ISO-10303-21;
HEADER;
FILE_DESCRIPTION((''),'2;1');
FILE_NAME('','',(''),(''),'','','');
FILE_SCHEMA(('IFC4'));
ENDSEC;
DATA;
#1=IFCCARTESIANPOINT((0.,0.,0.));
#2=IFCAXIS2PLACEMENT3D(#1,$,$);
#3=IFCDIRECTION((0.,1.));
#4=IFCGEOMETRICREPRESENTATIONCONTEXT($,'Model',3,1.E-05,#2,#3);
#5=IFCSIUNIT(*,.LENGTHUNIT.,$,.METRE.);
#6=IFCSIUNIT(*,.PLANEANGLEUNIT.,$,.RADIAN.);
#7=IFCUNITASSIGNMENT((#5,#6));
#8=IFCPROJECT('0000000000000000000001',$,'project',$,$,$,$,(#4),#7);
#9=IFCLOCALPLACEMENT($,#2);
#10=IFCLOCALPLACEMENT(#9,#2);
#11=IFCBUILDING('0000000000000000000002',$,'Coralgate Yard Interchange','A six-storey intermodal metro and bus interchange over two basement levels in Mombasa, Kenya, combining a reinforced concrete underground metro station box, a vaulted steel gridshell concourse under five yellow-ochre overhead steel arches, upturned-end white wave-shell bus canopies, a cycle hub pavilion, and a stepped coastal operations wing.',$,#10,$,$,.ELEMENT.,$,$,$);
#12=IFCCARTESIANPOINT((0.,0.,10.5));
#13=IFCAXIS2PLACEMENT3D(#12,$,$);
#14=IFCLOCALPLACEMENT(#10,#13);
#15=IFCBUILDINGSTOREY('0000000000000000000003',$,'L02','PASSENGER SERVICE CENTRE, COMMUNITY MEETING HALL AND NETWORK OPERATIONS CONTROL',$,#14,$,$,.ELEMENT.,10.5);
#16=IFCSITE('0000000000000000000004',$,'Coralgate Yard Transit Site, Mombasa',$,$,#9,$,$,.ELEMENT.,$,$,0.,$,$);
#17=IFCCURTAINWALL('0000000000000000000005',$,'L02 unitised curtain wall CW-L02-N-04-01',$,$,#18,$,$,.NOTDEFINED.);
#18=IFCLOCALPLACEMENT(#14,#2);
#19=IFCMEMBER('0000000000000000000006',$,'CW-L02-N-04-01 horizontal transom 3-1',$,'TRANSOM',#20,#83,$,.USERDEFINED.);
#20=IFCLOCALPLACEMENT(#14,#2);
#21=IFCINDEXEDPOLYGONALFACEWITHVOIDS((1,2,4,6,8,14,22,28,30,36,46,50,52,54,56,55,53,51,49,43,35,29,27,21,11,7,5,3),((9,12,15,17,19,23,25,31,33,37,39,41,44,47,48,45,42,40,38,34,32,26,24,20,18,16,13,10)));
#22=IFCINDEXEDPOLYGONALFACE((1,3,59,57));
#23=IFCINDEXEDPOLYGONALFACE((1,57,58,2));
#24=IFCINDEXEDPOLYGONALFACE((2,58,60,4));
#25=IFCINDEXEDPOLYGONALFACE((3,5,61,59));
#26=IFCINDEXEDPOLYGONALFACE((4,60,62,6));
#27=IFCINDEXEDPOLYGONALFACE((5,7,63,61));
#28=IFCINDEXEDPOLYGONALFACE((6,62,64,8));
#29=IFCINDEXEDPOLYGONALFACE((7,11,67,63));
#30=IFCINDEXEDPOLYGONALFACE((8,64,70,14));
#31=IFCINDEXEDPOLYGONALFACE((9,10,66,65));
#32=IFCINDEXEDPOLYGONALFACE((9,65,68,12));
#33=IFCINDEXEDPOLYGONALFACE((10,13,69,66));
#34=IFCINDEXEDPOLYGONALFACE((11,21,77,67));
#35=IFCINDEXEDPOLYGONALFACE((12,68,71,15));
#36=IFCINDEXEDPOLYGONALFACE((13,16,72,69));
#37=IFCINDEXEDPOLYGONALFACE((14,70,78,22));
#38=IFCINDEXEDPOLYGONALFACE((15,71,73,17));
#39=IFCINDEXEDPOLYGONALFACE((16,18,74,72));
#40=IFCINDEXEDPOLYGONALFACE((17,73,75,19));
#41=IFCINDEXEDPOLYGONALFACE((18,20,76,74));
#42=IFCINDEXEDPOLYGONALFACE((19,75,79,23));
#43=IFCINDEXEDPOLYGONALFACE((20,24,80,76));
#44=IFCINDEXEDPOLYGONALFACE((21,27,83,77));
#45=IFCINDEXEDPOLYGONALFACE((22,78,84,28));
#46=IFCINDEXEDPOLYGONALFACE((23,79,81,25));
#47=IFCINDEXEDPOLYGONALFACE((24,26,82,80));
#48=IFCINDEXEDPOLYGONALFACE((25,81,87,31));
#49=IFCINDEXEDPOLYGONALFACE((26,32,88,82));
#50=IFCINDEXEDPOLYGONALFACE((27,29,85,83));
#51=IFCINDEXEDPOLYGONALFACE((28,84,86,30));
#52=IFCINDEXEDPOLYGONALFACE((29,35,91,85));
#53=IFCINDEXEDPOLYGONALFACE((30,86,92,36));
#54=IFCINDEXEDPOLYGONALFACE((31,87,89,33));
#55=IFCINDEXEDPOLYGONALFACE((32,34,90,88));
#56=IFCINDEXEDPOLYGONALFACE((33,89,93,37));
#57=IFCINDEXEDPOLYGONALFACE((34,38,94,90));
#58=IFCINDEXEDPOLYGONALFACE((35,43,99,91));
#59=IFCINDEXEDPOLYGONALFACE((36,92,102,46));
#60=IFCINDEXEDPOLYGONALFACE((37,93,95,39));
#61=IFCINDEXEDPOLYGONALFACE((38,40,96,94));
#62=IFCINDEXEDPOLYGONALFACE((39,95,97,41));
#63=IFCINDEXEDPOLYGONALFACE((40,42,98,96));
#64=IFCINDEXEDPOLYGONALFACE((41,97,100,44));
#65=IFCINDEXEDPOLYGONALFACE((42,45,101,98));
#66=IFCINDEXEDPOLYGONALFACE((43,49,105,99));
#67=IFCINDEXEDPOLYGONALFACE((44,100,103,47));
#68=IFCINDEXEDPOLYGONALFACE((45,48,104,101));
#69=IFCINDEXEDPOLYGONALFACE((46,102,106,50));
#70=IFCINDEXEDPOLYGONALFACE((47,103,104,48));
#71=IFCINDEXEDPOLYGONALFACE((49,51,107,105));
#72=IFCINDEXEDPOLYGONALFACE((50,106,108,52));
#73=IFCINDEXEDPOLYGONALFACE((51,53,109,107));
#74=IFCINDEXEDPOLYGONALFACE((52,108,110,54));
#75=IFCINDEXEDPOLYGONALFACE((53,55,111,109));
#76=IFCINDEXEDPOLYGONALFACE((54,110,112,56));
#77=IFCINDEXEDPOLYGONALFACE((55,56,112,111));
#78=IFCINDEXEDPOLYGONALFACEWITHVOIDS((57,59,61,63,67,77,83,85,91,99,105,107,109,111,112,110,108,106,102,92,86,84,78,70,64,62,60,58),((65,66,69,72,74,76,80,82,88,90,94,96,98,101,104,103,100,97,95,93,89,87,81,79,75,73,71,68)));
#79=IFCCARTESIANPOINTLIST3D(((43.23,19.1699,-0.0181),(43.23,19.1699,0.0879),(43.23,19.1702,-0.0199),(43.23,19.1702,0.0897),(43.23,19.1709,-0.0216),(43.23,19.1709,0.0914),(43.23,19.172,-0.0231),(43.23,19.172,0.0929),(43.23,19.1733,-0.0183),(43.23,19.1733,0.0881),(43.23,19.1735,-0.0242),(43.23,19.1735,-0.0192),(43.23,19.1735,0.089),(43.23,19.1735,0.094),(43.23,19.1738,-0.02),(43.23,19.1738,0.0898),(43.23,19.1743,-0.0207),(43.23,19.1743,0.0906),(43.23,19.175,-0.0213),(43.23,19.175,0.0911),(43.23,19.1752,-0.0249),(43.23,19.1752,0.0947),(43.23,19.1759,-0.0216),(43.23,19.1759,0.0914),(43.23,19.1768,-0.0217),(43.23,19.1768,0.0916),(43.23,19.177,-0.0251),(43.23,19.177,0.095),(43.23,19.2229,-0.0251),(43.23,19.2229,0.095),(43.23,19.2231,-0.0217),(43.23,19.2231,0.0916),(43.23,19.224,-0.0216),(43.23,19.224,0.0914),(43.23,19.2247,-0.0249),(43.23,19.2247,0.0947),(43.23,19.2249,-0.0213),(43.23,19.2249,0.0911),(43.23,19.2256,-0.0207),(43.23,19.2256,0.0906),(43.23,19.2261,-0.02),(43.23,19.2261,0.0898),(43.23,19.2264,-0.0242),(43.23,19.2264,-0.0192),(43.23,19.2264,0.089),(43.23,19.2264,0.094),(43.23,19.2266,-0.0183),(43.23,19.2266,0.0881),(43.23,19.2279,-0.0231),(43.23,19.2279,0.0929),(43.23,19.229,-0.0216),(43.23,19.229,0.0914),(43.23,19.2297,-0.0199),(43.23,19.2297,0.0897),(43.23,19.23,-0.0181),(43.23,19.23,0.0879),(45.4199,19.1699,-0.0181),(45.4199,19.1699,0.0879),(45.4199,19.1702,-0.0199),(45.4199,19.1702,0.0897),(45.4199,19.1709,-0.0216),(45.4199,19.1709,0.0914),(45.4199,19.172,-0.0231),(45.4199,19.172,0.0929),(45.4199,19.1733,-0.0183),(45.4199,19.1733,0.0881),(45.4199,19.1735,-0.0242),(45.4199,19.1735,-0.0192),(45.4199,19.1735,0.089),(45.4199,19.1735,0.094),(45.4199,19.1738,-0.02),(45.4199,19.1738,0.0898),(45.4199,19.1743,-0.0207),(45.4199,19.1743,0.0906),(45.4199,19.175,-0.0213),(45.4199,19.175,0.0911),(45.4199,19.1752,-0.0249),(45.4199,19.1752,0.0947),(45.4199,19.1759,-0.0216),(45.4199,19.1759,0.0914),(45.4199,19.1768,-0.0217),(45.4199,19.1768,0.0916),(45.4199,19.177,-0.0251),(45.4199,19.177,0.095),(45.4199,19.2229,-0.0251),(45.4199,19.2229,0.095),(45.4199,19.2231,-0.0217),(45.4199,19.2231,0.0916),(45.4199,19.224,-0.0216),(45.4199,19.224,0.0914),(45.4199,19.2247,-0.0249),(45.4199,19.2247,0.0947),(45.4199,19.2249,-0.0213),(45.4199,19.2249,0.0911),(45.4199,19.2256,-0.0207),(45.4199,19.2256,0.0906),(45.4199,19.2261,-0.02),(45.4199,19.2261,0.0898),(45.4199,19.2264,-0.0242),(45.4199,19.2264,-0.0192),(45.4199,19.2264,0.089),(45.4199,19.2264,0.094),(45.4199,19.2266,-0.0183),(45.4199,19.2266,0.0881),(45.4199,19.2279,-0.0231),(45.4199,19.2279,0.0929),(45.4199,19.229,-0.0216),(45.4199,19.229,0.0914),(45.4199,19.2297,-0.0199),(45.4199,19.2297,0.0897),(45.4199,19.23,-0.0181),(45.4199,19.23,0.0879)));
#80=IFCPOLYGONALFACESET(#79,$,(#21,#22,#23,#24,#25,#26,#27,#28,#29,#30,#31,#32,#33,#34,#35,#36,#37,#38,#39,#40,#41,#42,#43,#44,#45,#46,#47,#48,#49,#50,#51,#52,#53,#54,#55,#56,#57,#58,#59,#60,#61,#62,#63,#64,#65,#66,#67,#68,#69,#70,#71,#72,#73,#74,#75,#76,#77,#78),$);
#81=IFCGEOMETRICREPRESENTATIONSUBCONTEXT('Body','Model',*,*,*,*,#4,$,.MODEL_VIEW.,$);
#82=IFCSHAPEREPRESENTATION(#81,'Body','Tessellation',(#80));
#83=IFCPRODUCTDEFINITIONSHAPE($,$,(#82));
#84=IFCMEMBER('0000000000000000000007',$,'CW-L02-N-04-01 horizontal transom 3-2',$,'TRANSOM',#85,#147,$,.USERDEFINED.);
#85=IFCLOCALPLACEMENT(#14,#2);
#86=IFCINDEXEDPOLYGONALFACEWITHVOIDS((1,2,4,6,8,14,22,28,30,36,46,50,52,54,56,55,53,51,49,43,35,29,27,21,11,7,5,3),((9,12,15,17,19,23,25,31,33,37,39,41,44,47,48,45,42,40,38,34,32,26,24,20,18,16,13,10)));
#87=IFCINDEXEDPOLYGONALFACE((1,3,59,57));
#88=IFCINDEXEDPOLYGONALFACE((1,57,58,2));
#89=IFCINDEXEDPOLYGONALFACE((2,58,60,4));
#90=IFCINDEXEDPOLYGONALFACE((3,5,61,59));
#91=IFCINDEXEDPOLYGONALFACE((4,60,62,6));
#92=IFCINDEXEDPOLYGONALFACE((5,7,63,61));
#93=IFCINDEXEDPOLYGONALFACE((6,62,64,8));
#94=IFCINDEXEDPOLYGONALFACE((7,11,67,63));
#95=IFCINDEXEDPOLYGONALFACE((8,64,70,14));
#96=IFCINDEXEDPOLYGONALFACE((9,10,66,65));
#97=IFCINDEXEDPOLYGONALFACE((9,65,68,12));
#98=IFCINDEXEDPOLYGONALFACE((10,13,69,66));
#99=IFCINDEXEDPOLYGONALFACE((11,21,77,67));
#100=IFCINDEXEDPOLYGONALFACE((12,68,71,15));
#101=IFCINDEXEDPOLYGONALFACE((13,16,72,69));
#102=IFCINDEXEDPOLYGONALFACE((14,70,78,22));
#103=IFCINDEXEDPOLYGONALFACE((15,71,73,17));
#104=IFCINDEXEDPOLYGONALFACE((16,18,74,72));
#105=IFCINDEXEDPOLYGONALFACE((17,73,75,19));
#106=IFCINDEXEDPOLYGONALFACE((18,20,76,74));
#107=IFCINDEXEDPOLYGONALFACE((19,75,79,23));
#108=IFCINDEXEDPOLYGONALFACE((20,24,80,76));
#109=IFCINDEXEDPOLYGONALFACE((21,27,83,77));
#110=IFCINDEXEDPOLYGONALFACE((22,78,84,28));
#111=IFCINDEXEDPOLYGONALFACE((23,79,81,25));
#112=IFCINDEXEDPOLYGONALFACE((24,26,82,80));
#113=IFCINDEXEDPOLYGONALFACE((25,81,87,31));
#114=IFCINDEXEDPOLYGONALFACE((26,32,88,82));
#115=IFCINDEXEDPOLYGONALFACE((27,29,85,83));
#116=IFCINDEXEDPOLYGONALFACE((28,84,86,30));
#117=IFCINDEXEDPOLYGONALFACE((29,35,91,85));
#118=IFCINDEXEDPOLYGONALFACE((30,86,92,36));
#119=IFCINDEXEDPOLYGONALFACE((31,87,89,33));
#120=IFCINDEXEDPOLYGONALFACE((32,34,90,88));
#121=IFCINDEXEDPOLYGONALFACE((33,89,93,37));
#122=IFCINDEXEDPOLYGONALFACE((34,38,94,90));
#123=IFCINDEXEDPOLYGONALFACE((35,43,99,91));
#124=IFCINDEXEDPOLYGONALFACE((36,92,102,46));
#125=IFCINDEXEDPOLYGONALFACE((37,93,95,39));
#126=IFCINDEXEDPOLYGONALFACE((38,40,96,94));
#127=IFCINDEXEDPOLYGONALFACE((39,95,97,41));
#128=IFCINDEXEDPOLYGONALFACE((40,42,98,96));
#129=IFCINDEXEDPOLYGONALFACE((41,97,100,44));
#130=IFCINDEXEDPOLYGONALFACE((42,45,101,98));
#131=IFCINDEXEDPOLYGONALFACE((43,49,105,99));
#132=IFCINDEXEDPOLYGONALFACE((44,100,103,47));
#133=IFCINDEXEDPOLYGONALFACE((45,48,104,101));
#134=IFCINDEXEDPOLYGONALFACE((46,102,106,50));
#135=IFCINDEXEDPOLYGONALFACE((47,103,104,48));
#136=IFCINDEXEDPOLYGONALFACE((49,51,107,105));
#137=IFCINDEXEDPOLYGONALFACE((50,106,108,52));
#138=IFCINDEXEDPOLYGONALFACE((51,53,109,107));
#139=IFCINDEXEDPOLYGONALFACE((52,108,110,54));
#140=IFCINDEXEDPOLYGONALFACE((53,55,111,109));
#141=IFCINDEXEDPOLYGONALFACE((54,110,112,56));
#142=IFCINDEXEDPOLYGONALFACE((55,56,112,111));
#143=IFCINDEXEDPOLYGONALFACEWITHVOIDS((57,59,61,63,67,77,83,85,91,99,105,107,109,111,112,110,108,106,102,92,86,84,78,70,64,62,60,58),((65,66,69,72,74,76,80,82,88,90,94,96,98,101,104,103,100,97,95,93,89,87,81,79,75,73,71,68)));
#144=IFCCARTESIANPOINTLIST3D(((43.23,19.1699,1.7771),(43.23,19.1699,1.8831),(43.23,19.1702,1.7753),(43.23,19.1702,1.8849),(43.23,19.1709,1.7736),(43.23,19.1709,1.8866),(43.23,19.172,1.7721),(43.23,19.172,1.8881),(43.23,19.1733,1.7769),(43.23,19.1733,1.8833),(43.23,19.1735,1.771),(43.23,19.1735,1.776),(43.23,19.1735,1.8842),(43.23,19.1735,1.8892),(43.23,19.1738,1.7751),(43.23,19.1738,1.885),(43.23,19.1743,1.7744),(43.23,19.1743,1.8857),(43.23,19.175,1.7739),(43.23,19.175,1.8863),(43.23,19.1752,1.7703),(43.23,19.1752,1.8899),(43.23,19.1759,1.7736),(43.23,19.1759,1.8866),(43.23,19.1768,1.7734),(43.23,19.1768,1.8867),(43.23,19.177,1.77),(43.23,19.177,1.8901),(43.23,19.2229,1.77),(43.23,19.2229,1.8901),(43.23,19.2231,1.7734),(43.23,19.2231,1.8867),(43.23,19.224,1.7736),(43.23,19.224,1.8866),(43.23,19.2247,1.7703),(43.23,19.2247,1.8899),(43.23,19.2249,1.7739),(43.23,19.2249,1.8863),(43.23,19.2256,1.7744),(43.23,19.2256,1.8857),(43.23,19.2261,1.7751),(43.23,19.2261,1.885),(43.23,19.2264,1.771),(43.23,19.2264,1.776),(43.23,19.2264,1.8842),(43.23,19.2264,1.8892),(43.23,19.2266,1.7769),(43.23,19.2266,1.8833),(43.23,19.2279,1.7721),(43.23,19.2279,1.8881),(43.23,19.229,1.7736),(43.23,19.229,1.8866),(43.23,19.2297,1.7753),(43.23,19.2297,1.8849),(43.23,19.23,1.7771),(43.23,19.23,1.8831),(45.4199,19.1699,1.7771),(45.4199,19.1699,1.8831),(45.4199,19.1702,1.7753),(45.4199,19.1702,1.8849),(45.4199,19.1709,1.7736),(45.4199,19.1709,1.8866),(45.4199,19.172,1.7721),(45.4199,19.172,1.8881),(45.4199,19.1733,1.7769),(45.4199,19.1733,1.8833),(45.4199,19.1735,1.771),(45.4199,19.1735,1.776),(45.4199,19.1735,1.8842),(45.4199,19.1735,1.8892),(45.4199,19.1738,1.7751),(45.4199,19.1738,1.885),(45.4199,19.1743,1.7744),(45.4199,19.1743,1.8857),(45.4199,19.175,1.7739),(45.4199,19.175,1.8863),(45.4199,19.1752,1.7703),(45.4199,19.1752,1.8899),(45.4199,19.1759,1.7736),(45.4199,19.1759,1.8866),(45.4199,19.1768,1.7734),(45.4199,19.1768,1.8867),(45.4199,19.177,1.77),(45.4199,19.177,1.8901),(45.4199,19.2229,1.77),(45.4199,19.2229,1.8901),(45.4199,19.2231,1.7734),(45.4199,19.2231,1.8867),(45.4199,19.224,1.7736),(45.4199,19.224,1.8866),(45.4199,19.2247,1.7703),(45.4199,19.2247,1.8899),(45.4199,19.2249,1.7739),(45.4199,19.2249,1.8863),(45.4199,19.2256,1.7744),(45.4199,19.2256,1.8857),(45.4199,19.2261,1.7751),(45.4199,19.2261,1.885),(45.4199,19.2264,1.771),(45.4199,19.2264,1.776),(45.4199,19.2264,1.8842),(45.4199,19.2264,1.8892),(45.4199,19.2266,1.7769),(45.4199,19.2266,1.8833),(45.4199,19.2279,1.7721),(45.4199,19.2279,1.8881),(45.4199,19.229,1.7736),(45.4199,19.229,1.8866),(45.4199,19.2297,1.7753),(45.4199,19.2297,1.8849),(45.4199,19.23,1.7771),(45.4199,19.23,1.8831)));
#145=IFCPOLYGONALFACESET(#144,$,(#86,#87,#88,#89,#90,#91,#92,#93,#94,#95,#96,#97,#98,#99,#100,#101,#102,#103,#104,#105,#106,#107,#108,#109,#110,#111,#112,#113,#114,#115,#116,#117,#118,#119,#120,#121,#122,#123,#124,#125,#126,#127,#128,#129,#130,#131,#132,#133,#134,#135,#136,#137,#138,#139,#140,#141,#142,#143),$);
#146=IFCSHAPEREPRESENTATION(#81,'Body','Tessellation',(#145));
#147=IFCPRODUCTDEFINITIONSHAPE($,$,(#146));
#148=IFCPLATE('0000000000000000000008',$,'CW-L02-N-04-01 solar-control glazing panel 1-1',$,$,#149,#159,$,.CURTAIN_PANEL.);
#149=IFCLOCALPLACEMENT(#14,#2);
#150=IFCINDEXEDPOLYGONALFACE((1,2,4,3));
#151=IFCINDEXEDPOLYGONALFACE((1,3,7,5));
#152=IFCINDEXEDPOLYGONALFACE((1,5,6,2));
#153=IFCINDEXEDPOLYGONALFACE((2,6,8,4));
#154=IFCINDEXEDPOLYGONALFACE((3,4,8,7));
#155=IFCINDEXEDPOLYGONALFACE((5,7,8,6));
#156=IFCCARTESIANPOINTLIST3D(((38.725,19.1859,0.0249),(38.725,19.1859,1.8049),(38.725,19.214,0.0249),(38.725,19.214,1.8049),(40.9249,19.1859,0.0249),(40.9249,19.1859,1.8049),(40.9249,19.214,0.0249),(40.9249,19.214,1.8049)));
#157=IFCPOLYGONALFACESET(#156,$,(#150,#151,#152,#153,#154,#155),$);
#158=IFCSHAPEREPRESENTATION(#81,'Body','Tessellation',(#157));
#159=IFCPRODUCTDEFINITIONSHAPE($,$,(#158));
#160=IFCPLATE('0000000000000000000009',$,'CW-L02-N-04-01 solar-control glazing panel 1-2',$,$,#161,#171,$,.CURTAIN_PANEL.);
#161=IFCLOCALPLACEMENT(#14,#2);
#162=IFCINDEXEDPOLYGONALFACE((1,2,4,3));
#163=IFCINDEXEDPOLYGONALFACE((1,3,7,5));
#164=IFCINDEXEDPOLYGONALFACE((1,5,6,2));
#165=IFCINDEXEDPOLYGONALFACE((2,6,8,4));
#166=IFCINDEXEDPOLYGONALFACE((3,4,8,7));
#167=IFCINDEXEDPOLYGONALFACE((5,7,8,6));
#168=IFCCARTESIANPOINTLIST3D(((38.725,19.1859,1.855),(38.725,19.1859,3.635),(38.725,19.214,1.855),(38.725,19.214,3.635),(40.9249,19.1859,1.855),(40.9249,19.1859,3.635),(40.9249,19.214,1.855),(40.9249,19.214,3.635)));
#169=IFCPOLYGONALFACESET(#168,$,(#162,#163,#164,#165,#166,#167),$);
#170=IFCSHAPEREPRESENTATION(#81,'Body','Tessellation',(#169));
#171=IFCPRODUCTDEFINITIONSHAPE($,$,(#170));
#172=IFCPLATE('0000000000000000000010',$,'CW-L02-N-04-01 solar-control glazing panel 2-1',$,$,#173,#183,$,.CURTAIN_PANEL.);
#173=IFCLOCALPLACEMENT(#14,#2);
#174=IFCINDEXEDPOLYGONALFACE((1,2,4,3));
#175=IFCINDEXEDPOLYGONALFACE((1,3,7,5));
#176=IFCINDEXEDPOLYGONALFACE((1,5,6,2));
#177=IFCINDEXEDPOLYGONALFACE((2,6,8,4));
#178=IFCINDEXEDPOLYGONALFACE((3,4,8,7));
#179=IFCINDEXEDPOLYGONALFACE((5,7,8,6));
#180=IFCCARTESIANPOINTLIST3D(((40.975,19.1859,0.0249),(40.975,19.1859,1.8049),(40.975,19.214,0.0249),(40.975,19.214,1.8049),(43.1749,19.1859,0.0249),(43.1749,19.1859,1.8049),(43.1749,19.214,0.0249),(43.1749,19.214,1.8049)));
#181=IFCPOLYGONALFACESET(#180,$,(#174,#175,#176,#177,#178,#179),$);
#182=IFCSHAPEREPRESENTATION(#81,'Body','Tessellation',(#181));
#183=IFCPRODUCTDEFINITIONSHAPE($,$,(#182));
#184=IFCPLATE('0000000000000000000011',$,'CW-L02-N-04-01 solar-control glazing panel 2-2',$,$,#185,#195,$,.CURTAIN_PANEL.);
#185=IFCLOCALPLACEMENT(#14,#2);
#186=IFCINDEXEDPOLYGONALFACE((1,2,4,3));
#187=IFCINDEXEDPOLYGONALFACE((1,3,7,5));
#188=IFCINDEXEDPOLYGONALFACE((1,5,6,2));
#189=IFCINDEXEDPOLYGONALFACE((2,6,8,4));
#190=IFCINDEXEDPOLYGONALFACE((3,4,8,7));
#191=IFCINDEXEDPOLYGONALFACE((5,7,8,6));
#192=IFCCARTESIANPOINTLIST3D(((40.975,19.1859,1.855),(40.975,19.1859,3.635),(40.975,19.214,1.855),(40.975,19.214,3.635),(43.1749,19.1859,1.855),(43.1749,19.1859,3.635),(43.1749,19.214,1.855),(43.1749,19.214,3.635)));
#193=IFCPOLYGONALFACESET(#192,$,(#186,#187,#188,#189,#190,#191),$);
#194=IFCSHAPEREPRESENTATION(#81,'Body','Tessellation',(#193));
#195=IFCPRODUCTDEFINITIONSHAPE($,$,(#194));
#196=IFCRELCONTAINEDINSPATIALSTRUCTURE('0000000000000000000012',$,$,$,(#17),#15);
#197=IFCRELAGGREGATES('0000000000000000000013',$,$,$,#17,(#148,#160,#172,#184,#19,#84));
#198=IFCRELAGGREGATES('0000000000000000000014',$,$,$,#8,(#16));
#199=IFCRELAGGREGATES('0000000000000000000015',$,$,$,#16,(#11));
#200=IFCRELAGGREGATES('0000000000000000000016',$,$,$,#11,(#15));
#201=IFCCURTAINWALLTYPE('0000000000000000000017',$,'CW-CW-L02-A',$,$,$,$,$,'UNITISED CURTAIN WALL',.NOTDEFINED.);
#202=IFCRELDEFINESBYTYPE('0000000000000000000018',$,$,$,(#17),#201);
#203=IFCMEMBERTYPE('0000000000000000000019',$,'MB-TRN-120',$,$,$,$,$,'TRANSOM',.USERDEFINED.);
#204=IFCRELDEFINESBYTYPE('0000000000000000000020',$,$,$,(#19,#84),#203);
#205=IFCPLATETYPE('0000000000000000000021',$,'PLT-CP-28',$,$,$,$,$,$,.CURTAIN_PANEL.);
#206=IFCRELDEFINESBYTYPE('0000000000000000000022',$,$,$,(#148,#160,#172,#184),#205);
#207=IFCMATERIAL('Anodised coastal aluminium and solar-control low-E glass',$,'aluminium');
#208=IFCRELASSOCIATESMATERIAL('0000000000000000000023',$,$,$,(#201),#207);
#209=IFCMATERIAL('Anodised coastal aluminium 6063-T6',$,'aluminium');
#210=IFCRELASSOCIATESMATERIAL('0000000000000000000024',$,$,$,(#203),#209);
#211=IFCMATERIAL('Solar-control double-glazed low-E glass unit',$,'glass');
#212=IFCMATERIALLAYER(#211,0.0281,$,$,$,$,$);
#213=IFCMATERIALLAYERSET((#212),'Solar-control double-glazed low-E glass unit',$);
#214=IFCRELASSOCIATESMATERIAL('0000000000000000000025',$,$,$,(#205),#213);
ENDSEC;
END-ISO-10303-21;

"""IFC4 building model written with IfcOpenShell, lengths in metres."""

from ifc_helpers import new_model, si_unit, direction, frame, origin, origin_2d, place, context, subcontext, project, spatial, rectangle, hollow_rectangle, extrude, material, layer, layer_set, material_profile, profile_set, type_object, element, aggregate, save


model = new_model("IFC4")

# Units and contexts
model_context = context("Model", 3, precision=1e-05, world=origin(), true_north=direction((0.0, 1.0)))
body_context = subcontext(model_context, "Body", "Model", "MODEL_VIEW")
ifc_project = project(units=[si_unit("LENGTHUNIT", "METRE"), si_unit("PLANEANGLEUNIT", "RADIAN")], contexts=[model_context])

# Site, building, storey
site_placement = place(None, origin())
site = spatial("IfcSite", under=ifc_project, at=site_placement, Name="Coralgate Yard Transit Site, Mombasa", CompositionType="ELEMENT", RefElevation=0.0)
building_placement = place(site_placement, origin())
building = spatial("IfcBuilding", under=site, at=building_placement, Name="Coralgate Yard Interchange", Description="A six-storey intermodal metro and bus interchange over two basement levels in Mombasa, Kenya, combining a reinforced concrete underground metro station box, a vaulted steel gridshell concourse under five yellow-ochre overhead steel arches, upturned-end white wave-shell bus canopies, a cycle hub pavilion, and a stepped coastal operations wing.", CompositionType="ELEMENT")
storey_placement = place(building_placement, frame((0.0, 0.0, 10.5)))
storey = spatial("IfcBuildingStorey", under=building, at=storey_placement, Name="L02", Description="PASSENGER SERVICE CENTRE, COMMUNITY MEETING HALL AND NETWORK OPERATIONS CONTROL", CompositionType="ELEMENT", Elevation=10.5)

# Curtain wall, members, plates
ifc_material_1 = material(Name="Anodised coastal aluminium and solar-control low-E glass", Category="aluminium")
curtain_wall_type = type_object("IfcCurtainWallType", Name="CW-CW-L02-A", ElementType="UNITISED CURTAIN WALL", PredefinedType="NOTDEFINED", material=ifc_material_1)
curtain_wall_placement = place(storey_placement, origin())
curtain_wall = element("IfcCurtainWall", 1, at=curtain_wall_placement, inside=storey, type_object=curtain_wall_type, Name="L02 unitised curtain wall CW-L02-N-04-01", PredefinedType="NOTDEFINED")
ifc_material_2 = material(Name="Anodised coastal aluminium 6063-T6", Category="aluminium")
ifc_material_profile_1 = material_profile(ifc_material_2, hollow_rectangle(XDim=0.0601, YDim=0.1201, WallThickness=0.0034, InnerFilletRadius=0.0034, OuterFilletRadius=0.0071, at=origin_2d()), Name="ALU 60x120x3.5")
ifc_profile_set_1 = profile_set([ifc_material_profile_1], Name="Anodised coastal aluminium 6063-T6")
member_type_1 = type_object("IfcMemberType", Name="MB-TRN-120", ElementType="TRANSOM", PredefinedType="USERDEFINED", material=ifc_profile_set_1)
member_1_placement = place(storey_placement, frame((43.23, 19.2, 0.0349), z_axis=(1.0, 0.0, 0.0), x_axis=(0.0, 1.0, 0.0)))
member_1 = element("IfcMember", 2, at=member_1_placement, type_object=member_type_1, Name="CW-L02-N-04-01 horizontal transom 3-1", ObjectType="TRANSOM", PredefinedType="USERDEFINED", context=body_context, shape_type="SweptSolid", body=[
    extrude(hollow_rectangle(XDim=0.0601, YDim=0.1201, WallThickness=0.0034, InnerFilletRadius=0.0034, OuterFilletRadius=0.0071, at=origin_2d()), origin(), (0.0, 0.0, 1.0), 2.1899),
])
member_2_placement = place(storey_placement, frame((43.23, 19.2, 1.8301), z_axis=(1.0, 0.0, 0.0), x_axis=(0.0, 1.0, 0.0)))
member_2 = element("IfcMember", 3, at=member_2_placement, type_object=member_type_1, Name="CW-L02-N-04-01 horizontal transom 3-2", ObjectType="TRANSOM", PredefinedType="USERDEFINED", context=body_context, shape_type="SweptSolid", body=[
    extrude(hollow_rectangle(XDim=0.0601, YDim=0.1201, WallThickness=0.0034, InnerFilletRadius=0.0034, OuterFilletRadius=0.0071, at=origin_2d()), origin(), (0.0, 0.0, 1.0), 2.1899),
])
ifc_material_3 = material(Name="Solar-control double-glazed low-E glass unit", Category="glass")
ifc_layer_1 = layer(ifc_material_3, 0.0281)
ifc_layer_set_1 = layer_set([ifc_layer_1], Name="Solar-control double-glazed low-E glass unit")
plate_type = type_object("IfcPlateType", Name="PLT-CP-28", PredefinedType="CURTAIN_PANEL", material=ifc_layer_set_1)
plate_1_placement = place(storey_placement, frame((39.825, 19.2, 0.0249), z_axis=(0.0, 0.0, 1.0), x_axis=(1.0, 0.0, 0.0)))
plate_1 = element("IfcPlate", 4, at=plate_1_placement, type_object=plate_type, Name="CW-L02-N-04-01 solar-control glazing panel 1-1", PredefinedType="CURTAIN_PANEL", context=body_context, shape_type="SweptSolid", body=[
    extrude(rectangle(XDim=2.2, YDim=0.0281, at=origin_2d()), origin(), (0.0, 0.0, 1.0), 1.78),
])
plate_2_placement = place(storey_placement, frame((39.825, 19.2, 1.855), z_axis=(0.0, 0.0, 1.0), x_axis=(1.0, 0.0, 0.0)))
plate_2 = element("IfcPlate", 5, at=plate_2_placement, type_object=plate_type, Name="CW-L02-N-04-01 solar-control glazing panel 1-2", PredefinedType="CURTAIN_PANEL", context=body_context, shape_type="SweptSolid", body=[
    extrude(rectangle(XDim=2.2, YDim=0.0281, at=origin_2d()), origin(), (0.0, 0.0, 1.0), 1.78),
])
plate_3_placement = place(storey_placement, frame((42.075, 19.2, 0.0249), z_axis=(0.0, 0.0, 1.0), x_axis=(1.0, 0.0, 0.0)))
plate_3 = element("IfcPlate", 6, at=plate_3_placement, type_object=plate_type, Name="CW-L02-N-04-01 solar-control glazing panel 2-1", PredefinedType="CURTAIN_PANEL", context=body_context, shape_type="SweptSolid", body=[
    extrude(rectangle(XDim=2.2, YDim=0.0281, at=origin_2d()), origin(), (0.0, 0.0, 1.0), 1.78),
])
plate_4_placement = place(storey_placement, frame((42.075, 19.2, 1.855), z_axis=(0.0, 0.0, 1.0), x_axis=(1.0, 0.0, 0.0)))
plate_4 = element("IfcPlate", 7, at=plate_4_placement, type_object=plate_type, Name="CW-L02-N-04-01 solar-control glazing panel 2-2", PredefinedType="CURTAIN_PANEL", context=body_context, shape_type="SweptSolid", body=[
    extrude(rectangle(XDim=2.2, YDim=0.0281, at=origin_2d()), origin(), (0.0, 0.0, 1.0), 1.78),
])
aggregate(curtain_wall, [plate_1, plate_2, plate_3, plate_4, member_1, member_2])

save(model, "model.ifc")
